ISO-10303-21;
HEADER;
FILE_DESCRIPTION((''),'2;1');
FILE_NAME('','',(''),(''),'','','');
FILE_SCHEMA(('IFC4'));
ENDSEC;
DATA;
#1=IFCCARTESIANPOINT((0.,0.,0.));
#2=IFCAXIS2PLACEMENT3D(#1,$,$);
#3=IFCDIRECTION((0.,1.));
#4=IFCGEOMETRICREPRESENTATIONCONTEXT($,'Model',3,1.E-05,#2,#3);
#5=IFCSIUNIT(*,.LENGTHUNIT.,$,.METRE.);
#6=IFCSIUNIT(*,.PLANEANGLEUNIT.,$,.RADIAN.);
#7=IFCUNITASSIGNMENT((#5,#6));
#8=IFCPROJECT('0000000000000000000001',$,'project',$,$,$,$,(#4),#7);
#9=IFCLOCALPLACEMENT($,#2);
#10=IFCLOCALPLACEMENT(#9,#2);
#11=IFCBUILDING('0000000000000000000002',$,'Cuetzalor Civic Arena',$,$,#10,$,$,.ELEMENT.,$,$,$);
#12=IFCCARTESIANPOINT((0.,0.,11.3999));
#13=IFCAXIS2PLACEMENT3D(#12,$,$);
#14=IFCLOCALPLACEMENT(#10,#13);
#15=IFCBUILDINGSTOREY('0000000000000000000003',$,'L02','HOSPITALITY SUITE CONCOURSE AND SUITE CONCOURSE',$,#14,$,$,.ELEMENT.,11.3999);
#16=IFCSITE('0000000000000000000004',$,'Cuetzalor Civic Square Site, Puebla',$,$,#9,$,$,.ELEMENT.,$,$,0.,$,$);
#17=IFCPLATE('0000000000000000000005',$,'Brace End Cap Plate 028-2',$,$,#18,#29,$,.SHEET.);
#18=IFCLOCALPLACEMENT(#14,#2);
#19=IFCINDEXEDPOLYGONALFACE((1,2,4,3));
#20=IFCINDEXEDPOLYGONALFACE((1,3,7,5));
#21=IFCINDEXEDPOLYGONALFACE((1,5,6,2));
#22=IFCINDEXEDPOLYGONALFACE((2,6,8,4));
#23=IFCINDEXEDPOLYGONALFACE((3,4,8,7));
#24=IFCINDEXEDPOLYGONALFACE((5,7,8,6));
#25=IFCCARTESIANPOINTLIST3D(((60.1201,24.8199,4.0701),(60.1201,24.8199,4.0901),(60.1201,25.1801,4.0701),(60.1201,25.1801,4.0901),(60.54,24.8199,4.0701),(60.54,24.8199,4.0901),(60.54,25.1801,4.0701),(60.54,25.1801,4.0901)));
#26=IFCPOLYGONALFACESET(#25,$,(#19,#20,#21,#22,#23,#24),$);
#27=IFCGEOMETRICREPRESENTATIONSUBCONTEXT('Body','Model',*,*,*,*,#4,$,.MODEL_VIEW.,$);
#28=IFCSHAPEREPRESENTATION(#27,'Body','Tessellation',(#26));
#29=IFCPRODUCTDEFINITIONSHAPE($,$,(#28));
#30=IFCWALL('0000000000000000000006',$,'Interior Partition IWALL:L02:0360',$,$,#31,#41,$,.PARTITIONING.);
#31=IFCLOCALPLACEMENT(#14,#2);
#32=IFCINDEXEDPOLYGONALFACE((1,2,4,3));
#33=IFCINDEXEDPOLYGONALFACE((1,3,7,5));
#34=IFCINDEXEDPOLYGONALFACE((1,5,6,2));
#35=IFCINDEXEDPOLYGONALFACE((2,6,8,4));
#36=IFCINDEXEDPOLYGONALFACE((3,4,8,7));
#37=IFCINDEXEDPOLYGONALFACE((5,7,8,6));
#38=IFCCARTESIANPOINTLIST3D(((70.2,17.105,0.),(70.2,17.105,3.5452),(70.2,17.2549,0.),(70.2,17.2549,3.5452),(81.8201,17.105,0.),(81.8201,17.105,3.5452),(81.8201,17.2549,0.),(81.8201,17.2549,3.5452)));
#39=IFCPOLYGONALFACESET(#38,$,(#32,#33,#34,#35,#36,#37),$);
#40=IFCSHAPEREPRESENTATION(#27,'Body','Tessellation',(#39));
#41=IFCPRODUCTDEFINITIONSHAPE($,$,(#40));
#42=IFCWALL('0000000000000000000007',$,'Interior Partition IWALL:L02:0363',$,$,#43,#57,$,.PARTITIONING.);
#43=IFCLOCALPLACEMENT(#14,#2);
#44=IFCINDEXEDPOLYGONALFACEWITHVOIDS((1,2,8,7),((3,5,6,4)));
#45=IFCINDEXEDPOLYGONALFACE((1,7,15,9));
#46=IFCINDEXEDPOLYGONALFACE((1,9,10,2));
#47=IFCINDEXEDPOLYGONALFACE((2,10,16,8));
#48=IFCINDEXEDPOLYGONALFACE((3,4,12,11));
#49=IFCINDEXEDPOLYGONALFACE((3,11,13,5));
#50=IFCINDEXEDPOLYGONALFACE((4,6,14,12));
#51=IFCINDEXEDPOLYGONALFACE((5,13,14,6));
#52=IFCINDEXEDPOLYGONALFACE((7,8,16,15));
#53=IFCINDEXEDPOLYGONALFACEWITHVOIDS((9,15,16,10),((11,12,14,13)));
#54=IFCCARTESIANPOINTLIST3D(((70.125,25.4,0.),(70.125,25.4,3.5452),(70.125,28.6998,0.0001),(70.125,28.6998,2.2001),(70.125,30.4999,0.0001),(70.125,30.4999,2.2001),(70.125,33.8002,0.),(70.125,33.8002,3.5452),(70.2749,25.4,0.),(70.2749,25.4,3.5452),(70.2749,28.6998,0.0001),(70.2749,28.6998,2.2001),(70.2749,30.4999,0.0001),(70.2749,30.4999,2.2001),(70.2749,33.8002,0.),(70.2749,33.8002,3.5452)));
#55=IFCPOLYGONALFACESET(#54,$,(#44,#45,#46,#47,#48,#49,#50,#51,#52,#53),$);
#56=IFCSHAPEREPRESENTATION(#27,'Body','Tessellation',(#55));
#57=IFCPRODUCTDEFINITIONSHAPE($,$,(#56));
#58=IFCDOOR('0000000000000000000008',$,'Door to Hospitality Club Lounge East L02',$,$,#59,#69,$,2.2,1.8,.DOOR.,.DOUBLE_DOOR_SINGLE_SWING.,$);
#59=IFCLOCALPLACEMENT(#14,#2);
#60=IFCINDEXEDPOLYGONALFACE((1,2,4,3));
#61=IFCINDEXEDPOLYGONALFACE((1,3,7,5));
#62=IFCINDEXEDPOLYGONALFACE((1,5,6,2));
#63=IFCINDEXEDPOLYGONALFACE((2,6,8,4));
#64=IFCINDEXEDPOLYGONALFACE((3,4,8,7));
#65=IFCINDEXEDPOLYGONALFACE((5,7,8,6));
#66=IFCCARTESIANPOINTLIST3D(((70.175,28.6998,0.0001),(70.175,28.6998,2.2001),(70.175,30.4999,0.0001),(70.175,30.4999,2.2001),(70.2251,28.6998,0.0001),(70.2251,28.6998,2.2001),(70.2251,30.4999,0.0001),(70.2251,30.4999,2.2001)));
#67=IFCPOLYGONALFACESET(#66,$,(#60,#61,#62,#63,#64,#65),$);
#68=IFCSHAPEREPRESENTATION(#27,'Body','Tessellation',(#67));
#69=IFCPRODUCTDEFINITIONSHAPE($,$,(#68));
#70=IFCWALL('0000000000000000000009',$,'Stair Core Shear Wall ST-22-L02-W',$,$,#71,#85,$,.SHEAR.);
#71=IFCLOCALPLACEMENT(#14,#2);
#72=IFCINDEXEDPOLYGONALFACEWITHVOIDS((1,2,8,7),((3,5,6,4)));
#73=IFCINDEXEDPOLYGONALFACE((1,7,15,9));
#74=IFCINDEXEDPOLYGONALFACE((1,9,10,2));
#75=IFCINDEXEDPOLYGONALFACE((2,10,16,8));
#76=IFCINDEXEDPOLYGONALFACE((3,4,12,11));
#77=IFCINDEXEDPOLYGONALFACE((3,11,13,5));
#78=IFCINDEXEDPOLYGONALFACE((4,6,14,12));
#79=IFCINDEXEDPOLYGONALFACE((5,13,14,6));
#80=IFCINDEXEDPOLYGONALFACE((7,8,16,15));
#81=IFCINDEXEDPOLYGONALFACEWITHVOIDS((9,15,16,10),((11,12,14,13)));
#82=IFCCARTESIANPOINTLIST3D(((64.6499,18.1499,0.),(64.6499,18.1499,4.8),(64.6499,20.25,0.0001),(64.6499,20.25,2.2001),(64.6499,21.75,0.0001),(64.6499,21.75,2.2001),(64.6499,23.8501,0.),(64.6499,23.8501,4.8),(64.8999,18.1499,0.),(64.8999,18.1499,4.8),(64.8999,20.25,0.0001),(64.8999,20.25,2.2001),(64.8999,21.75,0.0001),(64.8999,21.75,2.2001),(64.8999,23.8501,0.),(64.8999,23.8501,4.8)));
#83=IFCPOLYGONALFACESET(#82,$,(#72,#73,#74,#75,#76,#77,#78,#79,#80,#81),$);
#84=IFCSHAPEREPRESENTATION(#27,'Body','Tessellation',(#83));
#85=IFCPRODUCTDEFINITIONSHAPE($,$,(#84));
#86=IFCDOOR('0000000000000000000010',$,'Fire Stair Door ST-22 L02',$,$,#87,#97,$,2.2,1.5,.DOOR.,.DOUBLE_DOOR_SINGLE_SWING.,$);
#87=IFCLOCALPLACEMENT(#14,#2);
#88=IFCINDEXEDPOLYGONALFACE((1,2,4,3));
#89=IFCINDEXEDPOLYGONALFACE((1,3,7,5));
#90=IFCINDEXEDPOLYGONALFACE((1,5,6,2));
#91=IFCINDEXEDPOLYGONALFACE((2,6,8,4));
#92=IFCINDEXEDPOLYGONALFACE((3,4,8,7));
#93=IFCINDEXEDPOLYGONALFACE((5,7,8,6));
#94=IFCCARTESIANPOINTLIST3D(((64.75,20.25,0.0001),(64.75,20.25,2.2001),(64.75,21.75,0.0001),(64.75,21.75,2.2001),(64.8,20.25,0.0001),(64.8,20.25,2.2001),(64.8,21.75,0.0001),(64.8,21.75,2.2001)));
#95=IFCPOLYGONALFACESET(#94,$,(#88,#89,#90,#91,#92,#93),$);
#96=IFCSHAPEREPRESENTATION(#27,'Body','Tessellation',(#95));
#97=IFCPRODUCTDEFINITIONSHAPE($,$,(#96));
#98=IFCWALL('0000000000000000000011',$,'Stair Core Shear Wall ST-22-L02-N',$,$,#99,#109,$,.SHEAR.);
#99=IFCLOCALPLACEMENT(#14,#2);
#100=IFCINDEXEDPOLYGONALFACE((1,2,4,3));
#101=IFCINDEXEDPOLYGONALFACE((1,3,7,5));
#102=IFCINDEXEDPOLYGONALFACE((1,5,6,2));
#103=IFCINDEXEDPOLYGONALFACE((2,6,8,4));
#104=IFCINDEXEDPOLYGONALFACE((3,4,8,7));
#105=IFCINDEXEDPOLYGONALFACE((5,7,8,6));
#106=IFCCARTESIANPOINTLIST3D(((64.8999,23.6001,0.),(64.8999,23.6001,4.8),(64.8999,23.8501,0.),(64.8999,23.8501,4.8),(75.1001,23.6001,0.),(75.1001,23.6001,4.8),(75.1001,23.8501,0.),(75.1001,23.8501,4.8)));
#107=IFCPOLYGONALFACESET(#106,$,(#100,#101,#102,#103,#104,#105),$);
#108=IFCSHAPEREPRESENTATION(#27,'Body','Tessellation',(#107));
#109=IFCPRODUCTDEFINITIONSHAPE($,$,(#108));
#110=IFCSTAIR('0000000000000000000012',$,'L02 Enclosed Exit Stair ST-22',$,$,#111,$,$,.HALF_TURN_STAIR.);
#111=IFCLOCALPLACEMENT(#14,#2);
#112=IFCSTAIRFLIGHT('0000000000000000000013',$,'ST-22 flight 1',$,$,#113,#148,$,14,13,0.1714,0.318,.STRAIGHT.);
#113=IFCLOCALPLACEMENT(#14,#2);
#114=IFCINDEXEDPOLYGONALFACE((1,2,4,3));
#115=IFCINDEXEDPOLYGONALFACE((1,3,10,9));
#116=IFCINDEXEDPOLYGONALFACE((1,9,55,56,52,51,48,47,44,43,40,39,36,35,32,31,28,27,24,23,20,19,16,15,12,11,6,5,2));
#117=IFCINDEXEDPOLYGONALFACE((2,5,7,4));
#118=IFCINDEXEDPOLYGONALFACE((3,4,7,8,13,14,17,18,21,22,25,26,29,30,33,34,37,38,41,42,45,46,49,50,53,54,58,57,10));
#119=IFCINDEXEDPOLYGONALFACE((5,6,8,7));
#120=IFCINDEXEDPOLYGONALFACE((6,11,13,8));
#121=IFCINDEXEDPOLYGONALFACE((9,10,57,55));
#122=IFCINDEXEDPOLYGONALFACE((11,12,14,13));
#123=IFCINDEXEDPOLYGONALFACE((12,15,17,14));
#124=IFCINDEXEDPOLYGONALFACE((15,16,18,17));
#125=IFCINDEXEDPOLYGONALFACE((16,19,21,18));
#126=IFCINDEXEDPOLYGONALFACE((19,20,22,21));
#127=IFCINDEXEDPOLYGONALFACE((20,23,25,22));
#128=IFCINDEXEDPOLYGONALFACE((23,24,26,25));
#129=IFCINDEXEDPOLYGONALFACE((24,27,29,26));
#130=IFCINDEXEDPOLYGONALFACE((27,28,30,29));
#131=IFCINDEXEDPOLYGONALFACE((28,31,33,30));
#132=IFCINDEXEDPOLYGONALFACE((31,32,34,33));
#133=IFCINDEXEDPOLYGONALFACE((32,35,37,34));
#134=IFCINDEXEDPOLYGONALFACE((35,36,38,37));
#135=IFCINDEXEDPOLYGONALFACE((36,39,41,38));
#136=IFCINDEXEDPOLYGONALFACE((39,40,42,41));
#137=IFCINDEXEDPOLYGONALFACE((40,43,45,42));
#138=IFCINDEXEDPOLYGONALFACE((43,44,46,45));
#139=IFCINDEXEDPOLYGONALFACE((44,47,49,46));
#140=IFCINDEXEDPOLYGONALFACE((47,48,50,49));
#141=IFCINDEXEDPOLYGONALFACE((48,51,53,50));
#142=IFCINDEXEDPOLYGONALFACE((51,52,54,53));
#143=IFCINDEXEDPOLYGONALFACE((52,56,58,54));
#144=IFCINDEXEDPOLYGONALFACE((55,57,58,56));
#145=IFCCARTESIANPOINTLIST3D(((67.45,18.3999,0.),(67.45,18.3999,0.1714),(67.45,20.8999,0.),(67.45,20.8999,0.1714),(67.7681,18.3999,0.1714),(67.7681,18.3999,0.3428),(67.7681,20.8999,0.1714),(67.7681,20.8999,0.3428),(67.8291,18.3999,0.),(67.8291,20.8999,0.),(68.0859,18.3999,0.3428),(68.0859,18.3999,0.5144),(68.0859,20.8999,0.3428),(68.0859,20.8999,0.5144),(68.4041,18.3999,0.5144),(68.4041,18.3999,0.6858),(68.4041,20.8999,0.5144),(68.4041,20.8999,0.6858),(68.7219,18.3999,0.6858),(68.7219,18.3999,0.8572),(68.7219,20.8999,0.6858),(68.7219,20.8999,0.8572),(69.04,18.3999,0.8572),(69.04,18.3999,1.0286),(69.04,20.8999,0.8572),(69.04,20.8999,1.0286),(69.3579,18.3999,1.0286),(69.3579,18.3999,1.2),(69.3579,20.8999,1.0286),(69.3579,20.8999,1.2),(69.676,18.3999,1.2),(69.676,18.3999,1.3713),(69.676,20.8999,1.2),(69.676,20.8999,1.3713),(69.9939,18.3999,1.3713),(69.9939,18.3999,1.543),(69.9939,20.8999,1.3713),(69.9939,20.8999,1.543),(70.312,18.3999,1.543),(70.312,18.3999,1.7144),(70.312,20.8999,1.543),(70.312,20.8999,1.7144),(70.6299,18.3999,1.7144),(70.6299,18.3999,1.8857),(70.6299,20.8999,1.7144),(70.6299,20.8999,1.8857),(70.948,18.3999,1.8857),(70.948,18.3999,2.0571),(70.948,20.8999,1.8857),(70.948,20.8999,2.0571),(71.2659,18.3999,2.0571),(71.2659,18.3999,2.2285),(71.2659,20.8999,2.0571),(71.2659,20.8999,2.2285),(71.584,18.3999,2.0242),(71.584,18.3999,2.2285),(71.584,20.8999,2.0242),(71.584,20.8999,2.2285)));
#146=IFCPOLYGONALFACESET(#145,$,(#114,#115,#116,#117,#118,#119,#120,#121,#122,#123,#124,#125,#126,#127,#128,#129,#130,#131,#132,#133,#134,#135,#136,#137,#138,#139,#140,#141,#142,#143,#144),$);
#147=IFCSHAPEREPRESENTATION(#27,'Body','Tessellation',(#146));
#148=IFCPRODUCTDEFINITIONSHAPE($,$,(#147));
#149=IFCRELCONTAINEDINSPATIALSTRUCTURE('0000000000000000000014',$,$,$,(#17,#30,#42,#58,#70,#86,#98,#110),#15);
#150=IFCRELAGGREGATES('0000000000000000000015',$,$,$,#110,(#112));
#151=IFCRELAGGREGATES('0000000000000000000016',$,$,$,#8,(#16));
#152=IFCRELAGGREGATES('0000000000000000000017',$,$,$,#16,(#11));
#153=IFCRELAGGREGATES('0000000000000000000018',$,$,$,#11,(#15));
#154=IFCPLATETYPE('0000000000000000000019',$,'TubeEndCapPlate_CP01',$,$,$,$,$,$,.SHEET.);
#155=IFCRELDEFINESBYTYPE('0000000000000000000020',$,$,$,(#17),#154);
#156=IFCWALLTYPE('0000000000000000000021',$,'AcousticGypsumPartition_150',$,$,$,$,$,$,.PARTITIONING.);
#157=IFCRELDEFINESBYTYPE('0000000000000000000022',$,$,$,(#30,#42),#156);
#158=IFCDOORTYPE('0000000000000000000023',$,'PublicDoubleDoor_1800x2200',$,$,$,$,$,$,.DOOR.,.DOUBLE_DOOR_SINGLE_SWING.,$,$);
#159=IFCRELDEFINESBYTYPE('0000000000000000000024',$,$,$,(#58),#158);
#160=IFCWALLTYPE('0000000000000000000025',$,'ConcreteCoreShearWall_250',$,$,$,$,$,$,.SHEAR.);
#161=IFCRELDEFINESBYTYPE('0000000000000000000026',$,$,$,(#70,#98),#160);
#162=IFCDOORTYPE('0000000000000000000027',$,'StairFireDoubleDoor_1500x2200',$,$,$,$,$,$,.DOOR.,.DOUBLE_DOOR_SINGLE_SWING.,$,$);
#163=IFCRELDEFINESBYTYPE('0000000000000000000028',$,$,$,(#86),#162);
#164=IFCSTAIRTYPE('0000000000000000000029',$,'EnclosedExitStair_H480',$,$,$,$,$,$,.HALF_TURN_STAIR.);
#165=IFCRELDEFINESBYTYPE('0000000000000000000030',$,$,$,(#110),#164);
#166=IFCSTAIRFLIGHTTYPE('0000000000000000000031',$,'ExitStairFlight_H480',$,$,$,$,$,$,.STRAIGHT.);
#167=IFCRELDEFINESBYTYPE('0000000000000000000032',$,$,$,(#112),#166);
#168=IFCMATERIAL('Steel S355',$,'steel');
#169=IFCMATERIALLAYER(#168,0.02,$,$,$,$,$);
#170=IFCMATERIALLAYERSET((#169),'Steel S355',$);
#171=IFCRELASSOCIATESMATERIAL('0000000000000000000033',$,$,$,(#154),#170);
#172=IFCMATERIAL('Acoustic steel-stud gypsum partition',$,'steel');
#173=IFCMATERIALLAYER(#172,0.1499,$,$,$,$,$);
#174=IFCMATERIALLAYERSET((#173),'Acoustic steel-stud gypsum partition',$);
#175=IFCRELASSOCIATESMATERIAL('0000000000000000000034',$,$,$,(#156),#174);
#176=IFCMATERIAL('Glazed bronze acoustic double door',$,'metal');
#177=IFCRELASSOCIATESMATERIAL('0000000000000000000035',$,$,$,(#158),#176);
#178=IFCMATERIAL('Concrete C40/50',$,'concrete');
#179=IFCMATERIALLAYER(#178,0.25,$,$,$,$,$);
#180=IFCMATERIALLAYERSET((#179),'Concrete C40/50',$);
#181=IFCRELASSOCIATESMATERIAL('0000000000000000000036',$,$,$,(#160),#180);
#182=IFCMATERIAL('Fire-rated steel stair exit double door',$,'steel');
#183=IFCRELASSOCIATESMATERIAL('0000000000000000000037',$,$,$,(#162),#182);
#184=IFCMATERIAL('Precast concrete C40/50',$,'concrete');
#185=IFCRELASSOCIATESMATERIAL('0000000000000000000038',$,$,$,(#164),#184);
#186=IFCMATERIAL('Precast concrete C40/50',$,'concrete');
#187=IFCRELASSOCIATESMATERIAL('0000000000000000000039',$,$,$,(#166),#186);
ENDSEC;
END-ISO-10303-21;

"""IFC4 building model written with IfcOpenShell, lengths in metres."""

from ifc_helpers import new_model, si_unit, direction, frame, frame_2d, origin, origin_2d, place, context, subcontext, project, spatial, polyline, rectangle, outline, extrude, material, layer, layer_set, type_object, element, fill, aggregate, save


model = new_model("IFC4")

# Units and contexts
model_context = context("Model", 3, precision=1e-05, world=origin(), true_north=direction((0.0, 1.0)))
body_context = subcontext(model_context, "Body", "Model", "MODEL_VIEW")
ifc_project = project(units=[si_unit("LENGTHUNIT", "METRE"), si_unit("PLANEANGLEUNIT", "RADIAN")], contexts=[model_context])

# Site, building, storey
site_placement = place(None, origin())
site = spatial("IfcSite", under=ifc_project, at=site_placement, Name="Cuetzalor Civic Square Site, Puebla", CompositionType="ELEMENT", RefElevation=0.0)
building_placement = place(site_placement, origin())
building = spatial("IfcBuilding", under=site, at=building_placement, Name="Cuetzalor Civic Arena", CompositionType="ELEMENT")
storey_placement = place(building_placement, frame((0.0, 0.0, 11.3999)))
storey = spatial("IfcBuildingStorey", under=building, at=storey_placement, Name="L02", Description="HOSPITALITY SUITE CONCOURSE AND SUITE CONCOURSE", CompositionType="ELEMENT", Elevation=11.3999)

# Plate
ifc_material_1 = material(Name="Steel S355", Category="steel")
ifc_layer_1 = layer(ifc_material_1, 0.02)
ifc_layer_set_1 = layer_set([ifc_layer_1], Name="Steel S355")
plate_type = type_object("IfcPlateType", Name="TubeEndCapPlate_CP01", PredefinedType="SHEET", material=ifc_layer_set_1)
for number, where, z_axis, x_axis, name in (
    (1, (60.3301, 25.0, 4.0701), (0.0, 0.0, 1.0), (1.0, 0.0, 0.0), "Brace End Cap Plate 028-2"),
):
    element("IfcPlate", number, at=place(storey_placement, frame(where, z_axis=z_axis, x_axis=x_axis)), inside=storey, type_object=plate_type, Name=name, PredefinedType="SHEET", context=body_context, shape_type="SweptSolid", body=[
        extrude(rectangle(XDim=0.4199, YDim=0.3601, at=origin_2d()), origin(), (0.0, 0.0, 1.0), 0.02),
    ])

# Wall
ifc_material_2 = material(Name="Acoustic steel-stud gypsum partition", Category="steel")
ifc_layer_2 = layer(ifc_material_2, 0.1499)
ifc_layer_set_2 = layer_set([ifc_layer_2], Name="Acoustic steel-stud gypsum partition")
wall_type_1 = type_object("IfcWallType", Name="AcousticGypsumPartition_150", PredefinedType="PARTITIONING", material=ifc_layer_set_2)
wall_1_placement = place(storey_placement, frame((70.2, 17.1799, 0.0), z_axis=(0.0, 0.0, 1.0), x_axis=(1.0, 0.0, 0.0)))
element("IfcWall", 2, at=wall_1_placement, inside=storey, type_object=wall_type_1, Name="Interior Partition IWALL:L02:0360", PredefinedType="PARTITIONING", context=body_context, shape_type="SweptSolid", body=[
    extrude(rectangle(XDim=11.6201, YDim=0.1499, at=frame_2d((5.8101, 0.0))), origin(), (0.0, 0.0, 1.0), 3.5452),
])

# Walls, openings, doors
wall_2_placement = place(storey_placement, frame((70.2, 25.3999, 0.0), z_axis=(0.0, 0.0, 1.0), x_axis=(0.0, 1.0, 0.0)))
wall_2 = element("IfcWall", 3, at=wall_2_placement, inside=storey, type_object=wall_type_1, Name="Interior Partition IWALL:L02:0363", PredefinedType="PARTITIONING", context=body_context, shape_type="SweptSolid", body=[
    extrude(rectangle(XDim=8.4001, YDim=0.1499, at=frame_2d((4.2002, 0.0))), origin(), (0.0, 0.0, 1.0), 3.5452),
])
opening_1_placement = place(wall_2_placement, frame((3.3, 0.0, 0.0)))
opening_1 = element("IfcOpeningElement", 4, at=opening_1_placement, cuts=wall_2, PredefinedType="OPENING", context=body_context, shape_type="SweptSolid", body=[
    extrude(rectangle(XDim=1.8, YDim=2.2, at=frame_2d((0.8999, 1.1001))), frame((0.0, 0.085, 0.0), z_axis=(0.0, -1.0, 0.0), x_axis=(1.0, 0.0, 0.0)), (0.0, 0.0, 1.0), 0.1699),
])
ifc_material_3 = material(Name="Glazed bronze acoustic double door", Category="metal")
door_type_1 = type_object("IfcDoorType", Name="PublicDoubleDoor_1800x2200", OperationType="DOUBLE_DOOR_SINGLE_SWING", PredefinedType="DOOR", material=ifc_material_3)
door_1_placement = place(opening_1_placement, origin())
door_1 = element("IfcDoor", 5, at=door_1_placement, inside=storey, type_object=door_type_1, Name="Door to Hospitality Club Lounge East L02", OperationType="DOUBLE_DOOR_SINGLE_SWING", OverallHeight=2.2, OverallWidth=1.8, PredefinedType="DOOR", context=body_context, shape_type="SweptSolid", body=[
    extrude(rectangle(XDim=1.8, YDim=2.2, at=frame_2d((0.8999, 1.1001))), frame((0.0, 0.0249, 0.0), z_axis=(0.0, -1.0, 0.0), x_axis=(1.0, 0.0, 0.0)), (0.0, 0.0, 1.0), 0.05),
])
fill(opening_1, door_1)
ifc_material_4 = material(Name="Concrete C40/50", Category="concrete")
ifc_layer_3 = layer(ifc_material_4, 0.25)
ifc_layer_set_3 = layer_set([ifc_layer_3], Name="Concrete C40/50")
wall_type_2 = type_object("IfcWallType", Name="ConcreteCoreShearWall_250", PredefinedType="SHEAR", material=ifc_layer_set_3)
wall_3_placement = place(storey_placement, frame((64.7749, 18.1499, 0.0), z_axis=(0.0, 0.0, 1.0), x_axis=(0.0, 1.0, 0.0)))
wall_3 = element("IfcWall", 6, at=wall_3_placement, inside=storey, type_object=wall_type_2, Name="Stair Core Shear Wall ST-22-L02-W", PredefinedType="SHEAR", context=body_context, shape_type="SweptSolid", body=[
    extrude(rectangle(XDim=5.7002, YDim=0.25, at=frame_2d((2.8501, 0.0))), origin(), (0.0, 0.0, 1.0), 4.8),
])
opening_2_placement = place(wall_3_placement, frame((2.1001, 0.0, 0.0)))
opening_2 = element("IfcOpeningElement", 7, at=opening_2_placement, cuts=wall_3, PredefinedType="OPENING", context=body_context, shape_type="SweptSolid", body=[
    extrude(rectangle(XDim=1.5, YDim=2.2, at=frame_2d((0.75, 1.1001))), frame((0.0, 0.135, 0.0), z_axis=(0.0, -1.0, 0.0), x_axis=(1.0, 0.0, 0.0)), (0.0, 0.0, 1.0), 0.27),
])
ifc_material_5 = material(Name="Fire-rated steel stair exit double door", Category="steel")
door_type_2 = type_object("IfcDoorType", Name="StairFireDoubleDoor_1500x2200", OperationType="DOUBLE_DOOR_SINGLE_SWING", PredefinedType="DOOR", material=ifc_material_5)
door_2_placement = place(opening_2_placement, origin())
door_2 = element("IfcDoor", 8, at=door_2_placement, inside=storey, type_object=door_type_2, Name="Fire Stair Door ST-22 L02", OperationType="DOUBLE_DOOR_SINGLE_SWING", OverallHeight=2.2, OverallWidth=1.5, PredefinedType="DOOR", context=body_context, shape_type="SweptSolid", body=[
    extrude(rectangle(XDim=1.5, YDim=2.2, at=frame_2d((0.75, 1.1001))), frame((0.0, 0.0249, 0.0), z_axis=(0.0, -1.0, 0.0), x_axis=(1.0, 0.0, 0.0)), (0.0, 0.0, 1.0), 0.05),
])
fill(opening_2, door_2)

# Wall
wall_4_placement = place(storey_placement, frame((64.8999, 23.7251, 0.0), z_axis=(0.0, 0.0, 1.0), x_axis=(1.0, 0.0, 0.0)))
element("IfcWall", 9, at=wall_4_placement, inside=storey, type_object=wall_type_2, Name="Stair Core Shear Wall ST-22-L02-N", PredefinedType="SHEAR", context=body_context, shape_type="SweptSolid", body=[
    extrude(rectangle(XDim=10.2002, YDim=0.25, at=frame_2d((5.1001, 0.0))), origin(), (0.0, 0.0, 1.0), 4.8),
])

# Stair, stair flight
ifc_material_6 = material(Name="Precast concrete C40/50", Category="concrete")
stair_type = type_object("IfcStairType", Name="EnclosedExitStair_H480", PredefinedType="HALF_TURN_STAIR", material=ifc_material_6)
stair_placement = place(storey_placement, origin())
stair = element("IfcStair", 10, at=stair_placement, inside=storey, type_object=stair_type, Name="L02 Enclosed Exit Stair ST-22", PredefinedType="HALF_TURN_STAIR")
ifc_material_7 = material(Name="Precast concrete C40/50", Category="concrete")
stair_flight_type = type_object("IfcStairFlightType", Name="ExitStairFlight_H480", PredefinedType="STRAIGHT", material=ifc_material_7)
stair_flight_placement = place(storey_placement, frame((67.45, 19.6499, 0.0), z_axis=(0.0, 0.0, 1.0), x_axis=(1.0, 0.0, 0.0)))
stair_flight = element("IfcStairFlight", 11, at=stair_flight_placement, type_object=stair_flight_type, Name="ST-22 flight 1", NumberOfRisers=14, NumberOfTreads=13, PredefinedType="STRAIGHT", RiserHeight=0.1714, TreadLength=0.318, context=body_context, shape_type="SweptSolid", body=[
    extrude(outline(polyline([(0.0, 0.0), (0.0, 0.1714), (0.3181, 0.1714), (0.3181, 0.3428), (0.636, 0.3428), (0.636, 0.5144), (0.9541, 0.5144), (0.9541, 0.6858), (1.272, 0.6858), (1.272, 0.8572), (1.5901, 0.8572), (1.5901, 1.0286), (1.908, 1.0286), (1.908, 1.2), (2.2261, 1.2), (2.2261, 1.3713), (2.5439, 1.3713), (2.5439, 1.543), (2.8621, 1.543), (2.8621, 1.7144), (3.1799, 1.7144), (3.1799, 1.8857), (3.498, 1.8857), (3.498, 2.0571), (3.8159, 2.0571), (3.8159, 2.2285), (4.134, 2.2285), (4.134, 2.3999), (4.134, 2.0242), (0.3792, 0.0), (0.0, 0.0)])), frame((0.0, 1.25, 0.0), z_axis=(0.0, -1.0, 0.0), x_axis=(1.0, 0.0, 0.0)), (0.0, 0.0, 1.0), 2.5),
])
aggregate(stair, [stair_flight])

save(model, "model.ifc")
